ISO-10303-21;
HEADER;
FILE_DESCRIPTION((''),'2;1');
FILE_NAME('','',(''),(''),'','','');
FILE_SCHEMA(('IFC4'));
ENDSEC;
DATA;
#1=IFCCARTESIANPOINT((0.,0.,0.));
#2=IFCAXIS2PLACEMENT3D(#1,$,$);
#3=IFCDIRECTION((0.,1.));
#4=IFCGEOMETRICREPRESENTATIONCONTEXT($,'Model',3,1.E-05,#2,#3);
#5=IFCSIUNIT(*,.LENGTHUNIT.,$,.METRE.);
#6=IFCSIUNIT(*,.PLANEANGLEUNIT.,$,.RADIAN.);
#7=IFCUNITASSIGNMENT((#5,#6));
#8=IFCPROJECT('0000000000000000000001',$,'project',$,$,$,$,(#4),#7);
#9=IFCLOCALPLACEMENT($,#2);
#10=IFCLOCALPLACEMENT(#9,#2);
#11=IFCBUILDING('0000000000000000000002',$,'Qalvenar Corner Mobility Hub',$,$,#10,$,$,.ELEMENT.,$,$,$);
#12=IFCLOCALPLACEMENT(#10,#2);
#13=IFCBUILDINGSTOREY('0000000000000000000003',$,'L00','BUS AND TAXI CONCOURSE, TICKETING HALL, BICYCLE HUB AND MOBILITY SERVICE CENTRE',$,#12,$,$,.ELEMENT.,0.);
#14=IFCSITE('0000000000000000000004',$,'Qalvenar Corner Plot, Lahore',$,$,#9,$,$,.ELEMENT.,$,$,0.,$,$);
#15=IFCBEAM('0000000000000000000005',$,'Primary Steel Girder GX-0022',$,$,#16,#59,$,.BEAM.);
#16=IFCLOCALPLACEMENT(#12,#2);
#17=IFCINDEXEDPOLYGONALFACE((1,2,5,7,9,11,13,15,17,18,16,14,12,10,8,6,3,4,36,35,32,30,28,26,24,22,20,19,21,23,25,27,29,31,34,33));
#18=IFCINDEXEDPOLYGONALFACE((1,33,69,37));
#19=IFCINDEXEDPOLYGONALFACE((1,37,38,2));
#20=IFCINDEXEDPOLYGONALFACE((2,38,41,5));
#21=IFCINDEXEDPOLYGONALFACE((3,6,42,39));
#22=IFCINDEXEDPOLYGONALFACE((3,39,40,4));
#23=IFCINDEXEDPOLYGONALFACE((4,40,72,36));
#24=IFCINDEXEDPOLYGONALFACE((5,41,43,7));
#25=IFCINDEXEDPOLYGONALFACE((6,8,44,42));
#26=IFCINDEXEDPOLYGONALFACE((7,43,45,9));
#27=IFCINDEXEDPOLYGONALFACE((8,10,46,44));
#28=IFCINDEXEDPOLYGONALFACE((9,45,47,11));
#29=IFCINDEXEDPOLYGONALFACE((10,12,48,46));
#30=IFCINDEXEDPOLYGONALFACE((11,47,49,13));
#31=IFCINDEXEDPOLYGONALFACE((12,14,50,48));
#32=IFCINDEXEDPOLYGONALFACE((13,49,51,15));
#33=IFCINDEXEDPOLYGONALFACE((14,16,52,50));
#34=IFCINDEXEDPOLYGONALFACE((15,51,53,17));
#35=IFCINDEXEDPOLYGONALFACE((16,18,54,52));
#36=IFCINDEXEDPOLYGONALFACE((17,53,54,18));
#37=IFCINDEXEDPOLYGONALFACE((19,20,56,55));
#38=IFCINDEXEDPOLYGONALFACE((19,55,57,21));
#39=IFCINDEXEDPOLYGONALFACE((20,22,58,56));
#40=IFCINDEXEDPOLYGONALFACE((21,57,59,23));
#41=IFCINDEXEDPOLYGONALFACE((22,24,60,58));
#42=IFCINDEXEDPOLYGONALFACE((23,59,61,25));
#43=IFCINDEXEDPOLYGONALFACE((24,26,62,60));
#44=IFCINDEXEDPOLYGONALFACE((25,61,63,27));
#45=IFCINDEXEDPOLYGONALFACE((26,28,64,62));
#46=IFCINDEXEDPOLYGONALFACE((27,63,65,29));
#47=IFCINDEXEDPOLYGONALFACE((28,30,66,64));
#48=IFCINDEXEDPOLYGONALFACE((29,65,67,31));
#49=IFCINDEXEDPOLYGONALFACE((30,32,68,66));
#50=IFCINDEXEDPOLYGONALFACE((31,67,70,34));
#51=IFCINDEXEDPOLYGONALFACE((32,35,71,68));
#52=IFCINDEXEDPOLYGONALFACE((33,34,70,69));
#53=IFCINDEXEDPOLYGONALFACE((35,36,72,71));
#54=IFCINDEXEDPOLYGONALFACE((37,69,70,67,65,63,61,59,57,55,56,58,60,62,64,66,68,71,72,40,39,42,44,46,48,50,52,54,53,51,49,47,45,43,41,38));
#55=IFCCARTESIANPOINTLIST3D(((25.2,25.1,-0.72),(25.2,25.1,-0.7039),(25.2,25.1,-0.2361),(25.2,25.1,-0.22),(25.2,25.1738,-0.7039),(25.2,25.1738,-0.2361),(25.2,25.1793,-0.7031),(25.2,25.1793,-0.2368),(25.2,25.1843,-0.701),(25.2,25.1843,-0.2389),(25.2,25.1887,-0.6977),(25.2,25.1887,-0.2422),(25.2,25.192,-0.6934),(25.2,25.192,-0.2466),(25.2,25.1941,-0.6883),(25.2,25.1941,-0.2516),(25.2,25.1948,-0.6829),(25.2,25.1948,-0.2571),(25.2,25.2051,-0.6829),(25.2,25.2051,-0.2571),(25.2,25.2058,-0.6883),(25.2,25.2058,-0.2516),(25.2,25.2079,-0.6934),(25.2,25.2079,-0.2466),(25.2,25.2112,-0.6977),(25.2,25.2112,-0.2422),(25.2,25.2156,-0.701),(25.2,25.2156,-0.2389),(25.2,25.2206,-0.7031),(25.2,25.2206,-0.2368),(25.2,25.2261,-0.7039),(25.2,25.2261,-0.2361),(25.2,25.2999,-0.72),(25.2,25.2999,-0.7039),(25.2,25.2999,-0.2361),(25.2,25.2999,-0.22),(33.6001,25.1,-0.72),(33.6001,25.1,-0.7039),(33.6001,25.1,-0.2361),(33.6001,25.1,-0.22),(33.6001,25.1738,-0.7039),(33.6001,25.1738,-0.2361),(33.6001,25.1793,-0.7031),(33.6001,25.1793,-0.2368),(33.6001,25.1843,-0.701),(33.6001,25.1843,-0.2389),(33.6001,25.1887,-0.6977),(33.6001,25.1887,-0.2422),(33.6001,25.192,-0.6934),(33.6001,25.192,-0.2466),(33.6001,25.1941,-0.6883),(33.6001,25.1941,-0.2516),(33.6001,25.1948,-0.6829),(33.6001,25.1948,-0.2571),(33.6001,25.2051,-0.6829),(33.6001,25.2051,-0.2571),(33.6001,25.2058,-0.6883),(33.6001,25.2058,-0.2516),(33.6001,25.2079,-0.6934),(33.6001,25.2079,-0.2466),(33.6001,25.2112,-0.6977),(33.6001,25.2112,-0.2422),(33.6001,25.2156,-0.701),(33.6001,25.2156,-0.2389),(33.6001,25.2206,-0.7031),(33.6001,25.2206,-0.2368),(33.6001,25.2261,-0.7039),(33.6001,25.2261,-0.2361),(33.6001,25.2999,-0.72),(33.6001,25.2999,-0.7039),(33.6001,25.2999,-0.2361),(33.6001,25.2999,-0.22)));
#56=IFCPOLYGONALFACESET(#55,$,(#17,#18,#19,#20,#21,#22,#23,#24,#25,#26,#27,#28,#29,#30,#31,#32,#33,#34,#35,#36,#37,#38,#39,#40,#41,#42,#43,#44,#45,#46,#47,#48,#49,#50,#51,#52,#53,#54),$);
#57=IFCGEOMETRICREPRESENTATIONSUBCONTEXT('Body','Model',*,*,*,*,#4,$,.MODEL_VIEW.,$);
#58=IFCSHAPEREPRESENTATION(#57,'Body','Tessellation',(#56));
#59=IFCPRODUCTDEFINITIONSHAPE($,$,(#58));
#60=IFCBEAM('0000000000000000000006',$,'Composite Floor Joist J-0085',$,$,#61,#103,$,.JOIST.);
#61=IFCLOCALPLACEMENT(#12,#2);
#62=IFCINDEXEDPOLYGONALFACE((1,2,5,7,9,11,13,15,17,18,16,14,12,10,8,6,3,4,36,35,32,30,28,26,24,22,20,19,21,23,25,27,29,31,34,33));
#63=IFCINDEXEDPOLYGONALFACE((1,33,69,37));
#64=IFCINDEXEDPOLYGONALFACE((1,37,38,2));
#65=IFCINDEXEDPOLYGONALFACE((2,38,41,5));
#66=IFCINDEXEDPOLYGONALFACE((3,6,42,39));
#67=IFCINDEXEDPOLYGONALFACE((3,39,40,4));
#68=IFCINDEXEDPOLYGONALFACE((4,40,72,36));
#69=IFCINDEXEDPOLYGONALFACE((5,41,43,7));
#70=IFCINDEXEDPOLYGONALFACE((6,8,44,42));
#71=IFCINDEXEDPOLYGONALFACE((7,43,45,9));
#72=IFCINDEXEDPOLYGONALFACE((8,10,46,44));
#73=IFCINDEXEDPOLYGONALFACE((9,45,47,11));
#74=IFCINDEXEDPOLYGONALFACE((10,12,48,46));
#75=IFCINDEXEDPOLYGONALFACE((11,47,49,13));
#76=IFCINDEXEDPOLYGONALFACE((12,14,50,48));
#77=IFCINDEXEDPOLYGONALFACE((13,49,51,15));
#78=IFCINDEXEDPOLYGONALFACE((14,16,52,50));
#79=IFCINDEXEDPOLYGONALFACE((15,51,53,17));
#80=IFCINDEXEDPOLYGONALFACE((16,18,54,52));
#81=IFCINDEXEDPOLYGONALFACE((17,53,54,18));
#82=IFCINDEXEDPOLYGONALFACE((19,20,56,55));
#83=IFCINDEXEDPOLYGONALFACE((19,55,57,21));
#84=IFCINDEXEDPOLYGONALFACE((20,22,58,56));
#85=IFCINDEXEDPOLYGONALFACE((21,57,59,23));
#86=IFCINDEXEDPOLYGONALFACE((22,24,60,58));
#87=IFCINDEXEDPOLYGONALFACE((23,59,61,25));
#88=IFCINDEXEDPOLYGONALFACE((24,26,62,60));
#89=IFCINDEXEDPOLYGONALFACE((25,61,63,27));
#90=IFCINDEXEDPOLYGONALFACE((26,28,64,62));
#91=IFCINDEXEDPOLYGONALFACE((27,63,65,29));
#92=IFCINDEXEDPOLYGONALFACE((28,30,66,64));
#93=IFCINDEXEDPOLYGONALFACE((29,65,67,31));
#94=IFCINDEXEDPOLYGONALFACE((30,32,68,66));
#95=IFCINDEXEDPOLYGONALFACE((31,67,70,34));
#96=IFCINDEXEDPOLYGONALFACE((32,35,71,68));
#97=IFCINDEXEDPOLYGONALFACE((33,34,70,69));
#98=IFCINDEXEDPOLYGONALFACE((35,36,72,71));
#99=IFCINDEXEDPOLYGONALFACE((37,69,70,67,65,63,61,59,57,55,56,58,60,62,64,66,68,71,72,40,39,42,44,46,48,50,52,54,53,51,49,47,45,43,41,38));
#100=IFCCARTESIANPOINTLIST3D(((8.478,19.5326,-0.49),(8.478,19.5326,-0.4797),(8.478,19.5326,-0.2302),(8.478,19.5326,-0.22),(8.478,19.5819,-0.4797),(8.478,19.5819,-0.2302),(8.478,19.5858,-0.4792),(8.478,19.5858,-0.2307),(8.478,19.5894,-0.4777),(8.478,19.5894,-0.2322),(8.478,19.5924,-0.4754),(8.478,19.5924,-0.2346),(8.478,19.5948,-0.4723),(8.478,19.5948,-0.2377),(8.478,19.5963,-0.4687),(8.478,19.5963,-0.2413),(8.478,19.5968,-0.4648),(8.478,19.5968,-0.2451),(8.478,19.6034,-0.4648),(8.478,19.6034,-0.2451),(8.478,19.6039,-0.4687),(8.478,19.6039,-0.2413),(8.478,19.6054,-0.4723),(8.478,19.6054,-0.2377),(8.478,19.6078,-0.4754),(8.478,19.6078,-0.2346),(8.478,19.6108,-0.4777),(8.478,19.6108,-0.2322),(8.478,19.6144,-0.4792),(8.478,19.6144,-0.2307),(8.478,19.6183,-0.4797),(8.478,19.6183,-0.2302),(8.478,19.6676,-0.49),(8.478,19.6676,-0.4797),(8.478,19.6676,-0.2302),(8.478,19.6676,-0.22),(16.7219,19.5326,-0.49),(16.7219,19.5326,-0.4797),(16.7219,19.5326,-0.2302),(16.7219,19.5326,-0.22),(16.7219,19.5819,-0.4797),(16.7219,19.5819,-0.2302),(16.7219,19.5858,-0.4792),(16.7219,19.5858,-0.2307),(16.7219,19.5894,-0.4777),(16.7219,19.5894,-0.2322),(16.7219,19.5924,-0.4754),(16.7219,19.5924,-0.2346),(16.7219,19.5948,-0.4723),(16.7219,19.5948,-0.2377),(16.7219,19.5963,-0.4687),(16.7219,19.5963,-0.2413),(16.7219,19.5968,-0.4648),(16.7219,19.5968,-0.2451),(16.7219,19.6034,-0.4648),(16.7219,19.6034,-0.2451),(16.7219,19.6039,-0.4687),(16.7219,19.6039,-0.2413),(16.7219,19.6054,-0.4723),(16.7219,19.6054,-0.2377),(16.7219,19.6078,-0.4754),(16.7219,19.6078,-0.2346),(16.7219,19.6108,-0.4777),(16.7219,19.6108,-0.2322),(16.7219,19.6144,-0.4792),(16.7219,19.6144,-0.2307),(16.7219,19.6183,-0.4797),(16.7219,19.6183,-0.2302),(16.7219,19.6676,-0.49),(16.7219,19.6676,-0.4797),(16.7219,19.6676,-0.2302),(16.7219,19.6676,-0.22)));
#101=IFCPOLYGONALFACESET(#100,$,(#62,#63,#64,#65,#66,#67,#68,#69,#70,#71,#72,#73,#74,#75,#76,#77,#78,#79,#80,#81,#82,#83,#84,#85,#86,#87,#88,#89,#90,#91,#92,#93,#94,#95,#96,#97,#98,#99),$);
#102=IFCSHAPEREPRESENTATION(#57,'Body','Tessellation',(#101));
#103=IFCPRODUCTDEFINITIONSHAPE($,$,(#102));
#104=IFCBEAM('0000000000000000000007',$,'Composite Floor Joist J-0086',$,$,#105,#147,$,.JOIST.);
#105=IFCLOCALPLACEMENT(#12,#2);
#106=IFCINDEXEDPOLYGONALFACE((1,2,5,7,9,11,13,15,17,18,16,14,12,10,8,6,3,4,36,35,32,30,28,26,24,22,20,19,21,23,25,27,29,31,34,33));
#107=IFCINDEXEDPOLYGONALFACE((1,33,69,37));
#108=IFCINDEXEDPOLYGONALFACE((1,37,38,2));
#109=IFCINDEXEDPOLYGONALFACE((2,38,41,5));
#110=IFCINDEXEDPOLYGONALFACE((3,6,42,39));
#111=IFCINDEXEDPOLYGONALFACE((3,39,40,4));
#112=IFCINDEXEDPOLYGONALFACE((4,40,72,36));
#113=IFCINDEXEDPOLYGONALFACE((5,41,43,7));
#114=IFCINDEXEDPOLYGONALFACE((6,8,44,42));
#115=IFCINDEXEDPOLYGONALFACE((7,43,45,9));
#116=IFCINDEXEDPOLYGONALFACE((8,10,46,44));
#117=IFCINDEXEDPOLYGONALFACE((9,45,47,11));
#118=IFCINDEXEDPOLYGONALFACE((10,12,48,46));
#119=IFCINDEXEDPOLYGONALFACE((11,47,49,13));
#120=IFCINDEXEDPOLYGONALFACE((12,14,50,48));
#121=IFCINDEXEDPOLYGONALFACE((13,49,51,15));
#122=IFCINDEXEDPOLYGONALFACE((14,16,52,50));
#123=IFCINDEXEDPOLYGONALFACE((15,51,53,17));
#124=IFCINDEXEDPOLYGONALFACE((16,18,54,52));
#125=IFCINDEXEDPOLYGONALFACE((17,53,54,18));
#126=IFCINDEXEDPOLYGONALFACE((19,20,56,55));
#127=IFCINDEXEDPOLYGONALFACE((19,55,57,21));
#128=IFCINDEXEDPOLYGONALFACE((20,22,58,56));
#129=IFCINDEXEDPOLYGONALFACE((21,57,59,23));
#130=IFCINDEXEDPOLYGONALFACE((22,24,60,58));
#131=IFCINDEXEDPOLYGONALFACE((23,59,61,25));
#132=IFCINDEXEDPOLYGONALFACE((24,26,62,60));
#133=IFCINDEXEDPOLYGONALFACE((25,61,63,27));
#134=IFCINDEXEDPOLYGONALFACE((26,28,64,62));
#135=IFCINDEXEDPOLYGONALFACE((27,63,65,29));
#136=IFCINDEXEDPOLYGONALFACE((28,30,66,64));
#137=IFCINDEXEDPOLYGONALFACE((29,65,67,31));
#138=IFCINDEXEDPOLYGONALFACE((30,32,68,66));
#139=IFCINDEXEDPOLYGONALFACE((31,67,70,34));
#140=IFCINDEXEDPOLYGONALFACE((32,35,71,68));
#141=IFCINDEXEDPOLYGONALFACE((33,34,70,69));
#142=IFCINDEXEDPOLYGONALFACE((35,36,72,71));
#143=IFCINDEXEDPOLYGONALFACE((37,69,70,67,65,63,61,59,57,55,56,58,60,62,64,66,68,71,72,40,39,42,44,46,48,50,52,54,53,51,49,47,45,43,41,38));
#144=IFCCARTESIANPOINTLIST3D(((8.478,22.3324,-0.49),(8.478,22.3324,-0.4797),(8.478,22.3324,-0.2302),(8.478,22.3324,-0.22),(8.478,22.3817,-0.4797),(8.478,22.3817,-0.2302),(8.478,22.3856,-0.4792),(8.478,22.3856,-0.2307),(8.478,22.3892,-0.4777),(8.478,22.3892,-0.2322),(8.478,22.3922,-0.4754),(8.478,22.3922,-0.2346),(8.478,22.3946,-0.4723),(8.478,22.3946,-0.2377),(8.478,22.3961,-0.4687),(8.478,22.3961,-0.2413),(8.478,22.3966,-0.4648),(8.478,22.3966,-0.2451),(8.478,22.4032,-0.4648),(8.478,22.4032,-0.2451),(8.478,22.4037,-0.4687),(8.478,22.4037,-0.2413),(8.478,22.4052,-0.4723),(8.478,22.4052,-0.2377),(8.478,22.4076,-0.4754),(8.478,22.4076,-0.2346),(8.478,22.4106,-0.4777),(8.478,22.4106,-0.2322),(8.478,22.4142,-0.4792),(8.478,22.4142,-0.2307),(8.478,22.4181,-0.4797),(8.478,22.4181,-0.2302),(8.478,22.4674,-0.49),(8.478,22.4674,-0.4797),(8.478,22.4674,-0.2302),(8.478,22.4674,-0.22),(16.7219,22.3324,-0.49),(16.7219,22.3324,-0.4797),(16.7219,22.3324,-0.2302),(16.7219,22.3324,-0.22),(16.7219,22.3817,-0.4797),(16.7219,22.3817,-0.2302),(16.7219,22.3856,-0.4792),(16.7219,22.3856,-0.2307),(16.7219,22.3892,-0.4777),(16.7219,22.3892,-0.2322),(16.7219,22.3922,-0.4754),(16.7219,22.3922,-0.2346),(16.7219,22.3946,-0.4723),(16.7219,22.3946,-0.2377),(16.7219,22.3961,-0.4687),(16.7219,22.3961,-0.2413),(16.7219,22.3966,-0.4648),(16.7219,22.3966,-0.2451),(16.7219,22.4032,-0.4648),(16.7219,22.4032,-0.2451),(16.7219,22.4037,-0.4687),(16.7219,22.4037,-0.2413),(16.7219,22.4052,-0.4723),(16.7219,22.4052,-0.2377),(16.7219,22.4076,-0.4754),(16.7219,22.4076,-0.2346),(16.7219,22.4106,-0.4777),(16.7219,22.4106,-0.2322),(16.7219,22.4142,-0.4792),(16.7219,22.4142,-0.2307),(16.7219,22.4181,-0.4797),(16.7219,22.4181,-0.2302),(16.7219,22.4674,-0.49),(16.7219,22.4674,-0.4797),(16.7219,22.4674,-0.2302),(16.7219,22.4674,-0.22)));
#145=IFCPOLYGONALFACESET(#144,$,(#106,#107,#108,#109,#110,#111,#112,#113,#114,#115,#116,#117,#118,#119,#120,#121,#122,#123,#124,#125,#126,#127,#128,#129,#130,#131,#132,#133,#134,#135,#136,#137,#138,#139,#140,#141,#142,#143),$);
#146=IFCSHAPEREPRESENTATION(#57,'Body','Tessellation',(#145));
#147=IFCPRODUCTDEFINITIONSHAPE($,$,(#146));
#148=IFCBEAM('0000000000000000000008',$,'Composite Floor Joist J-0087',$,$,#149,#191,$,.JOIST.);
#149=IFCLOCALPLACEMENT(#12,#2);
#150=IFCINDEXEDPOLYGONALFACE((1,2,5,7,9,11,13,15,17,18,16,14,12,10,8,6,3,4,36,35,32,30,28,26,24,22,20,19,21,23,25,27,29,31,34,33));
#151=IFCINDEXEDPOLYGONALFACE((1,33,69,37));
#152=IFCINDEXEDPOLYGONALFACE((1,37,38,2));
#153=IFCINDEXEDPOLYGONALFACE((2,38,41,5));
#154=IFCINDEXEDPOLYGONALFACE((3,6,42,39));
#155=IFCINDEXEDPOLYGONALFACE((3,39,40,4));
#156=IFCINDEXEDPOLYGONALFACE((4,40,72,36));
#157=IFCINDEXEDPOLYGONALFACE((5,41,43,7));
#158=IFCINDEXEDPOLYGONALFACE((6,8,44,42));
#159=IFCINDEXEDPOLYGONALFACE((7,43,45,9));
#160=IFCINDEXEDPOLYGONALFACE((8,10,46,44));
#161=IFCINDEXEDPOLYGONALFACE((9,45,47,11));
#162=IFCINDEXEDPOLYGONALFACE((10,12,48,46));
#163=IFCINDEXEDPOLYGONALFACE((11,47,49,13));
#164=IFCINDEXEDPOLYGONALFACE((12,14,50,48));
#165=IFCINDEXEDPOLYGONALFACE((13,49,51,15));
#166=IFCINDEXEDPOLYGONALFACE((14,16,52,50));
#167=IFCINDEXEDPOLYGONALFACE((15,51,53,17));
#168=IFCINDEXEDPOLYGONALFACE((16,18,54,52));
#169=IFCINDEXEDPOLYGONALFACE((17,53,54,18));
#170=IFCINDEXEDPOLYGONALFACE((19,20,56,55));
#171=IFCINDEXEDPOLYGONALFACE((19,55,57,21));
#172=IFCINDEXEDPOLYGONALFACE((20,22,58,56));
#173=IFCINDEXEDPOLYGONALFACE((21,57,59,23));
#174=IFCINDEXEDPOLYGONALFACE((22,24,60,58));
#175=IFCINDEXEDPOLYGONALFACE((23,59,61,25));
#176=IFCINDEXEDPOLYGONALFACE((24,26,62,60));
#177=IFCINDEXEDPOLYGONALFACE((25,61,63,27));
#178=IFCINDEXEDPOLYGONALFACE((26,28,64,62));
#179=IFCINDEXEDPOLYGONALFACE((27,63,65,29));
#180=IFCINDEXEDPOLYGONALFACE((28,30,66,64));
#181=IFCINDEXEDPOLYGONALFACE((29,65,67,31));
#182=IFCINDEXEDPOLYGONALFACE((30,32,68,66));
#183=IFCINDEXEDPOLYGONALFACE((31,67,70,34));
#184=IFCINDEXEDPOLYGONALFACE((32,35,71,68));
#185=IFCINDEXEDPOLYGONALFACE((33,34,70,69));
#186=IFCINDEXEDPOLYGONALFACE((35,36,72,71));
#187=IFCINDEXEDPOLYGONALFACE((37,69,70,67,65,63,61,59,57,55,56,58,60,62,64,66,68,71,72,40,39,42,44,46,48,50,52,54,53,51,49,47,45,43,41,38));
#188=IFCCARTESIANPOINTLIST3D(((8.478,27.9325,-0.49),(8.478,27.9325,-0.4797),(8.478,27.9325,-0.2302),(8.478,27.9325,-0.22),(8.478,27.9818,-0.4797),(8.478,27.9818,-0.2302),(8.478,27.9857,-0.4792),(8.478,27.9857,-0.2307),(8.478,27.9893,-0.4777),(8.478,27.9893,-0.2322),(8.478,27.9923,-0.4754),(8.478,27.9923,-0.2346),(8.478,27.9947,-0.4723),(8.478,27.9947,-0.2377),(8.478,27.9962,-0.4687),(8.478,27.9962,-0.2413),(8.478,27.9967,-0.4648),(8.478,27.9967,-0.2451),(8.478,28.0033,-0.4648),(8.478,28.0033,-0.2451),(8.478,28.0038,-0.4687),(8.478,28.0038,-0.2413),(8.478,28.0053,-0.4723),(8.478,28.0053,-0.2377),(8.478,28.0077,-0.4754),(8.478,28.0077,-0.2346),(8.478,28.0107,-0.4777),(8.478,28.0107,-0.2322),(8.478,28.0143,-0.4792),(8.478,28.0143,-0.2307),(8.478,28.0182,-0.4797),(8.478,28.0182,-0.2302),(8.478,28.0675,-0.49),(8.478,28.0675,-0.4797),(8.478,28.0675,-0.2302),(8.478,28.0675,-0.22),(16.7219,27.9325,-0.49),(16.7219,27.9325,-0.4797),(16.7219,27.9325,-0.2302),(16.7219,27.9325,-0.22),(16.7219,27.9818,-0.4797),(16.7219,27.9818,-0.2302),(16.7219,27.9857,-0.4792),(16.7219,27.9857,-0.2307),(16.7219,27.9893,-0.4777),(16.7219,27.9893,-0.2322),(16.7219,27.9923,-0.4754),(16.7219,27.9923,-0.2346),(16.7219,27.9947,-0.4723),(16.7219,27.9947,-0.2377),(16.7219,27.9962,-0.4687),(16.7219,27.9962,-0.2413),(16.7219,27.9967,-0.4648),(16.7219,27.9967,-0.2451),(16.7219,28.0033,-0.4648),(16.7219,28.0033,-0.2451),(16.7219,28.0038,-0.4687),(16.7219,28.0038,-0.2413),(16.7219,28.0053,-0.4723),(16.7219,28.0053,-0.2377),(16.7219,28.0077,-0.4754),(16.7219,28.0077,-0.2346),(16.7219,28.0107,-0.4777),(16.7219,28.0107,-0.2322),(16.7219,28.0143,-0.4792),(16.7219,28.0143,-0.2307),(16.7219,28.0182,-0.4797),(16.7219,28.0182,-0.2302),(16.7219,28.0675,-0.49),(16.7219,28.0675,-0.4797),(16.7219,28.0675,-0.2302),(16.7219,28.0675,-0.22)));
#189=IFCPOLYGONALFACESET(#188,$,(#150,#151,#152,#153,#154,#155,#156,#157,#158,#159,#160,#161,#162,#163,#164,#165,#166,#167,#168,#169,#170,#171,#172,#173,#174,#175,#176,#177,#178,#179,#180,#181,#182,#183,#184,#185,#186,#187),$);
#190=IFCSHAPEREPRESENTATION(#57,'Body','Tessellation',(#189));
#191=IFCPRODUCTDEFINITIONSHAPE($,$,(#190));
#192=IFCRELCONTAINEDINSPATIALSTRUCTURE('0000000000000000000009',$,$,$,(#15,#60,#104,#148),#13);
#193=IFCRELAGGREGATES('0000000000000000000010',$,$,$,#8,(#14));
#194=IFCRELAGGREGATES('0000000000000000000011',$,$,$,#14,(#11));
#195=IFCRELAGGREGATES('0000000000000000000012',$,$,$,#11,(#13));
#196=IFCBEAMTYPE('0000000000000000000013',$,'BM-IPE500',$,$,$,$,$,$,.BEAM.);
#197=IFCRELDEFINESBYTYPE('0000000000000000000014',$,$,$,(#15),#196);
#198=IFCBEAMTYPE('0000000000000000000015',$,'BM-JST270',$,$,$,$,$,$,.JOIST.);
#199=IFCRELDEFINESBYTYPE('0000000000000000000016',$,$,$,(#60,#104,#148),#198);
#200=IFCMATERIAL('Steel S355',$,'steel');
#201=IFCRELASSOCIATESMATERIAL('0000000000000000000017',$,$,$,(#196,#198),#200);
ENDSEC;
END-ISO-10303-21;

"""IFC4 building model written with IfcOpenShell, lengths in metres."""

from ifc_helpers import new_model, si_unit, direction, frame, origin, origin_2d, place, context, subcontext, project, spatial, i_section, extrude, material, material_profile, profile_set, type_object, element, save


model = new_model("IFC4")

# Units and contexts
model_context = context("Model", 3, precision=1e-05, world=origin(), true_north=direction((0.0, 1.0)))
body_context = subcontext(model_context, "Body", "Model", "MODEL_VIEW")
ifc_project = project(units=[si_unit("LENGTHUNIT", "METRE"), si_unit("PLANEANGLEUNIT", "RADIAN")], contexts=[model_context])

# Site, building, storey
site_placement = place(None, origin())
site = spatial("IfcSite", under=ifc_project, at=site_placement, Name="Qalvenar Corner Plot, Lahore", CompositionType="ELEMENT", RefElevation=0.0)
building_placement = place(site_placement, origin())
building = spatial("IfcBuilding", under=site, at=building_placement, Name="Qalvenar Corner Mobility Hub", CompositionType="ELEMENT")
storey_placement = place(building_placement, origin())
storey = spatial("IfcBuildingStorey", under=building, at=storey_placement, Name="L00", Description="BUS AND TAXI CONCOURSE, TICKETING HALL, BICYCLE HUB AND MOBILITY SERVICE CENTRE", CompositionType="ELEMENT", Elevation=0.0)

# Shared definitions
ifc_material_1 = material(Name="Steel S355", Category="steel")

# Beams
ifc_material_profile_1 = material_profile(ifc_material_1, i_section(OverallWidth=0.2, OverallDepth=0.5, WebThickness=0.0103, FlangeThickness=0.0161, FilletRadius=0.021, at=origin_2d()), Name="IPE500")
ifc_profile_set_1 = profile_set([ifc_material_profile_1], Name="Steel S355")
beam_type_1 = type_object("IfcBeamType", Name="BM-IPE500", PredefinedType="BEAM", material=ifc_profile_set_1)
beam_1_placement = place(storey_placement, frame((25.2, 25.2, -0.47), z_axis=(1.0, 0.0, 0.0), x_axis=(0.0, 1.0, 0.0)))
element("IfcBeam", 1, at=beam_1_placement, inside=storey, type_object=beam_type_1, Name="Primary Steel Girder GX-0022", PredefinedType="BEAM", context=body_context, shape_type="SweptSolid", body=[
    extrude(i_section(OverallWidth=0.2, OverallDepth=0.5, WebThickness=0.0103, FlangeThickness=0.0161, FilletRadius=0.021, at=origin_2d()), origin(), (0.0, 0.0, 1.0), 8.4001),
])
ifc_material_profile_2 = material_profile(ifc_material_1, i_section(OverallWidth=0.135, OverallDepth=0.27, WebThickness=0.0066, FlangeThickness=0.0103, FilletRadius=0.0149, at=origin_2d()), Name="IPE270")
ifc_profile_set_2 = profile_set([ifc_material_profile_2], Name="Steel S355")
beam_type_2 = type_object("IfcBeamType", Name="BM-JST270", PredefinedType="JOIST", material=ifc_profile_set_2)
for number, where, z_axis, x_axis, name in (
    (2, (8.478, 19.6001, -0.355), (1.0, 0.0, 0.0), (0.0, 1.0, 0.0), "Composite Floor Joist J-0085"),
    (3, (8.478, 22.3999, -0.355), (1.0, 0.0, 0.0), (0.0, 1.0, 0.0), "Composite Floor Joist J-0086"),
    (4, (8.478, 28.0, -0.355), (1.0, 0.0, 0.0), (0.0, 1.0, 0.0), "Composite Floor Joist J-0087"),
):
    element("IfcBeam", number, at=place(storey_placement, frame(where, z_axis=z_axis, x_axis=x_axis)), inside=storey, type_object=beam_type_2, Name=name, PredefinedType="JOIST", context=body_context, shape_type="SweptSolid", body=[
        extrude(i_section(OverallWidth=0.135, OverallDepth=0.27, WebThickness=0.0066, FlangeThickness=0.0103, FilletRadius=0.0149, at=origin_2d()), origin(), (0.0, 0.0, 1.0), 8.2439),
    ])

save(model, "model.ifc")
